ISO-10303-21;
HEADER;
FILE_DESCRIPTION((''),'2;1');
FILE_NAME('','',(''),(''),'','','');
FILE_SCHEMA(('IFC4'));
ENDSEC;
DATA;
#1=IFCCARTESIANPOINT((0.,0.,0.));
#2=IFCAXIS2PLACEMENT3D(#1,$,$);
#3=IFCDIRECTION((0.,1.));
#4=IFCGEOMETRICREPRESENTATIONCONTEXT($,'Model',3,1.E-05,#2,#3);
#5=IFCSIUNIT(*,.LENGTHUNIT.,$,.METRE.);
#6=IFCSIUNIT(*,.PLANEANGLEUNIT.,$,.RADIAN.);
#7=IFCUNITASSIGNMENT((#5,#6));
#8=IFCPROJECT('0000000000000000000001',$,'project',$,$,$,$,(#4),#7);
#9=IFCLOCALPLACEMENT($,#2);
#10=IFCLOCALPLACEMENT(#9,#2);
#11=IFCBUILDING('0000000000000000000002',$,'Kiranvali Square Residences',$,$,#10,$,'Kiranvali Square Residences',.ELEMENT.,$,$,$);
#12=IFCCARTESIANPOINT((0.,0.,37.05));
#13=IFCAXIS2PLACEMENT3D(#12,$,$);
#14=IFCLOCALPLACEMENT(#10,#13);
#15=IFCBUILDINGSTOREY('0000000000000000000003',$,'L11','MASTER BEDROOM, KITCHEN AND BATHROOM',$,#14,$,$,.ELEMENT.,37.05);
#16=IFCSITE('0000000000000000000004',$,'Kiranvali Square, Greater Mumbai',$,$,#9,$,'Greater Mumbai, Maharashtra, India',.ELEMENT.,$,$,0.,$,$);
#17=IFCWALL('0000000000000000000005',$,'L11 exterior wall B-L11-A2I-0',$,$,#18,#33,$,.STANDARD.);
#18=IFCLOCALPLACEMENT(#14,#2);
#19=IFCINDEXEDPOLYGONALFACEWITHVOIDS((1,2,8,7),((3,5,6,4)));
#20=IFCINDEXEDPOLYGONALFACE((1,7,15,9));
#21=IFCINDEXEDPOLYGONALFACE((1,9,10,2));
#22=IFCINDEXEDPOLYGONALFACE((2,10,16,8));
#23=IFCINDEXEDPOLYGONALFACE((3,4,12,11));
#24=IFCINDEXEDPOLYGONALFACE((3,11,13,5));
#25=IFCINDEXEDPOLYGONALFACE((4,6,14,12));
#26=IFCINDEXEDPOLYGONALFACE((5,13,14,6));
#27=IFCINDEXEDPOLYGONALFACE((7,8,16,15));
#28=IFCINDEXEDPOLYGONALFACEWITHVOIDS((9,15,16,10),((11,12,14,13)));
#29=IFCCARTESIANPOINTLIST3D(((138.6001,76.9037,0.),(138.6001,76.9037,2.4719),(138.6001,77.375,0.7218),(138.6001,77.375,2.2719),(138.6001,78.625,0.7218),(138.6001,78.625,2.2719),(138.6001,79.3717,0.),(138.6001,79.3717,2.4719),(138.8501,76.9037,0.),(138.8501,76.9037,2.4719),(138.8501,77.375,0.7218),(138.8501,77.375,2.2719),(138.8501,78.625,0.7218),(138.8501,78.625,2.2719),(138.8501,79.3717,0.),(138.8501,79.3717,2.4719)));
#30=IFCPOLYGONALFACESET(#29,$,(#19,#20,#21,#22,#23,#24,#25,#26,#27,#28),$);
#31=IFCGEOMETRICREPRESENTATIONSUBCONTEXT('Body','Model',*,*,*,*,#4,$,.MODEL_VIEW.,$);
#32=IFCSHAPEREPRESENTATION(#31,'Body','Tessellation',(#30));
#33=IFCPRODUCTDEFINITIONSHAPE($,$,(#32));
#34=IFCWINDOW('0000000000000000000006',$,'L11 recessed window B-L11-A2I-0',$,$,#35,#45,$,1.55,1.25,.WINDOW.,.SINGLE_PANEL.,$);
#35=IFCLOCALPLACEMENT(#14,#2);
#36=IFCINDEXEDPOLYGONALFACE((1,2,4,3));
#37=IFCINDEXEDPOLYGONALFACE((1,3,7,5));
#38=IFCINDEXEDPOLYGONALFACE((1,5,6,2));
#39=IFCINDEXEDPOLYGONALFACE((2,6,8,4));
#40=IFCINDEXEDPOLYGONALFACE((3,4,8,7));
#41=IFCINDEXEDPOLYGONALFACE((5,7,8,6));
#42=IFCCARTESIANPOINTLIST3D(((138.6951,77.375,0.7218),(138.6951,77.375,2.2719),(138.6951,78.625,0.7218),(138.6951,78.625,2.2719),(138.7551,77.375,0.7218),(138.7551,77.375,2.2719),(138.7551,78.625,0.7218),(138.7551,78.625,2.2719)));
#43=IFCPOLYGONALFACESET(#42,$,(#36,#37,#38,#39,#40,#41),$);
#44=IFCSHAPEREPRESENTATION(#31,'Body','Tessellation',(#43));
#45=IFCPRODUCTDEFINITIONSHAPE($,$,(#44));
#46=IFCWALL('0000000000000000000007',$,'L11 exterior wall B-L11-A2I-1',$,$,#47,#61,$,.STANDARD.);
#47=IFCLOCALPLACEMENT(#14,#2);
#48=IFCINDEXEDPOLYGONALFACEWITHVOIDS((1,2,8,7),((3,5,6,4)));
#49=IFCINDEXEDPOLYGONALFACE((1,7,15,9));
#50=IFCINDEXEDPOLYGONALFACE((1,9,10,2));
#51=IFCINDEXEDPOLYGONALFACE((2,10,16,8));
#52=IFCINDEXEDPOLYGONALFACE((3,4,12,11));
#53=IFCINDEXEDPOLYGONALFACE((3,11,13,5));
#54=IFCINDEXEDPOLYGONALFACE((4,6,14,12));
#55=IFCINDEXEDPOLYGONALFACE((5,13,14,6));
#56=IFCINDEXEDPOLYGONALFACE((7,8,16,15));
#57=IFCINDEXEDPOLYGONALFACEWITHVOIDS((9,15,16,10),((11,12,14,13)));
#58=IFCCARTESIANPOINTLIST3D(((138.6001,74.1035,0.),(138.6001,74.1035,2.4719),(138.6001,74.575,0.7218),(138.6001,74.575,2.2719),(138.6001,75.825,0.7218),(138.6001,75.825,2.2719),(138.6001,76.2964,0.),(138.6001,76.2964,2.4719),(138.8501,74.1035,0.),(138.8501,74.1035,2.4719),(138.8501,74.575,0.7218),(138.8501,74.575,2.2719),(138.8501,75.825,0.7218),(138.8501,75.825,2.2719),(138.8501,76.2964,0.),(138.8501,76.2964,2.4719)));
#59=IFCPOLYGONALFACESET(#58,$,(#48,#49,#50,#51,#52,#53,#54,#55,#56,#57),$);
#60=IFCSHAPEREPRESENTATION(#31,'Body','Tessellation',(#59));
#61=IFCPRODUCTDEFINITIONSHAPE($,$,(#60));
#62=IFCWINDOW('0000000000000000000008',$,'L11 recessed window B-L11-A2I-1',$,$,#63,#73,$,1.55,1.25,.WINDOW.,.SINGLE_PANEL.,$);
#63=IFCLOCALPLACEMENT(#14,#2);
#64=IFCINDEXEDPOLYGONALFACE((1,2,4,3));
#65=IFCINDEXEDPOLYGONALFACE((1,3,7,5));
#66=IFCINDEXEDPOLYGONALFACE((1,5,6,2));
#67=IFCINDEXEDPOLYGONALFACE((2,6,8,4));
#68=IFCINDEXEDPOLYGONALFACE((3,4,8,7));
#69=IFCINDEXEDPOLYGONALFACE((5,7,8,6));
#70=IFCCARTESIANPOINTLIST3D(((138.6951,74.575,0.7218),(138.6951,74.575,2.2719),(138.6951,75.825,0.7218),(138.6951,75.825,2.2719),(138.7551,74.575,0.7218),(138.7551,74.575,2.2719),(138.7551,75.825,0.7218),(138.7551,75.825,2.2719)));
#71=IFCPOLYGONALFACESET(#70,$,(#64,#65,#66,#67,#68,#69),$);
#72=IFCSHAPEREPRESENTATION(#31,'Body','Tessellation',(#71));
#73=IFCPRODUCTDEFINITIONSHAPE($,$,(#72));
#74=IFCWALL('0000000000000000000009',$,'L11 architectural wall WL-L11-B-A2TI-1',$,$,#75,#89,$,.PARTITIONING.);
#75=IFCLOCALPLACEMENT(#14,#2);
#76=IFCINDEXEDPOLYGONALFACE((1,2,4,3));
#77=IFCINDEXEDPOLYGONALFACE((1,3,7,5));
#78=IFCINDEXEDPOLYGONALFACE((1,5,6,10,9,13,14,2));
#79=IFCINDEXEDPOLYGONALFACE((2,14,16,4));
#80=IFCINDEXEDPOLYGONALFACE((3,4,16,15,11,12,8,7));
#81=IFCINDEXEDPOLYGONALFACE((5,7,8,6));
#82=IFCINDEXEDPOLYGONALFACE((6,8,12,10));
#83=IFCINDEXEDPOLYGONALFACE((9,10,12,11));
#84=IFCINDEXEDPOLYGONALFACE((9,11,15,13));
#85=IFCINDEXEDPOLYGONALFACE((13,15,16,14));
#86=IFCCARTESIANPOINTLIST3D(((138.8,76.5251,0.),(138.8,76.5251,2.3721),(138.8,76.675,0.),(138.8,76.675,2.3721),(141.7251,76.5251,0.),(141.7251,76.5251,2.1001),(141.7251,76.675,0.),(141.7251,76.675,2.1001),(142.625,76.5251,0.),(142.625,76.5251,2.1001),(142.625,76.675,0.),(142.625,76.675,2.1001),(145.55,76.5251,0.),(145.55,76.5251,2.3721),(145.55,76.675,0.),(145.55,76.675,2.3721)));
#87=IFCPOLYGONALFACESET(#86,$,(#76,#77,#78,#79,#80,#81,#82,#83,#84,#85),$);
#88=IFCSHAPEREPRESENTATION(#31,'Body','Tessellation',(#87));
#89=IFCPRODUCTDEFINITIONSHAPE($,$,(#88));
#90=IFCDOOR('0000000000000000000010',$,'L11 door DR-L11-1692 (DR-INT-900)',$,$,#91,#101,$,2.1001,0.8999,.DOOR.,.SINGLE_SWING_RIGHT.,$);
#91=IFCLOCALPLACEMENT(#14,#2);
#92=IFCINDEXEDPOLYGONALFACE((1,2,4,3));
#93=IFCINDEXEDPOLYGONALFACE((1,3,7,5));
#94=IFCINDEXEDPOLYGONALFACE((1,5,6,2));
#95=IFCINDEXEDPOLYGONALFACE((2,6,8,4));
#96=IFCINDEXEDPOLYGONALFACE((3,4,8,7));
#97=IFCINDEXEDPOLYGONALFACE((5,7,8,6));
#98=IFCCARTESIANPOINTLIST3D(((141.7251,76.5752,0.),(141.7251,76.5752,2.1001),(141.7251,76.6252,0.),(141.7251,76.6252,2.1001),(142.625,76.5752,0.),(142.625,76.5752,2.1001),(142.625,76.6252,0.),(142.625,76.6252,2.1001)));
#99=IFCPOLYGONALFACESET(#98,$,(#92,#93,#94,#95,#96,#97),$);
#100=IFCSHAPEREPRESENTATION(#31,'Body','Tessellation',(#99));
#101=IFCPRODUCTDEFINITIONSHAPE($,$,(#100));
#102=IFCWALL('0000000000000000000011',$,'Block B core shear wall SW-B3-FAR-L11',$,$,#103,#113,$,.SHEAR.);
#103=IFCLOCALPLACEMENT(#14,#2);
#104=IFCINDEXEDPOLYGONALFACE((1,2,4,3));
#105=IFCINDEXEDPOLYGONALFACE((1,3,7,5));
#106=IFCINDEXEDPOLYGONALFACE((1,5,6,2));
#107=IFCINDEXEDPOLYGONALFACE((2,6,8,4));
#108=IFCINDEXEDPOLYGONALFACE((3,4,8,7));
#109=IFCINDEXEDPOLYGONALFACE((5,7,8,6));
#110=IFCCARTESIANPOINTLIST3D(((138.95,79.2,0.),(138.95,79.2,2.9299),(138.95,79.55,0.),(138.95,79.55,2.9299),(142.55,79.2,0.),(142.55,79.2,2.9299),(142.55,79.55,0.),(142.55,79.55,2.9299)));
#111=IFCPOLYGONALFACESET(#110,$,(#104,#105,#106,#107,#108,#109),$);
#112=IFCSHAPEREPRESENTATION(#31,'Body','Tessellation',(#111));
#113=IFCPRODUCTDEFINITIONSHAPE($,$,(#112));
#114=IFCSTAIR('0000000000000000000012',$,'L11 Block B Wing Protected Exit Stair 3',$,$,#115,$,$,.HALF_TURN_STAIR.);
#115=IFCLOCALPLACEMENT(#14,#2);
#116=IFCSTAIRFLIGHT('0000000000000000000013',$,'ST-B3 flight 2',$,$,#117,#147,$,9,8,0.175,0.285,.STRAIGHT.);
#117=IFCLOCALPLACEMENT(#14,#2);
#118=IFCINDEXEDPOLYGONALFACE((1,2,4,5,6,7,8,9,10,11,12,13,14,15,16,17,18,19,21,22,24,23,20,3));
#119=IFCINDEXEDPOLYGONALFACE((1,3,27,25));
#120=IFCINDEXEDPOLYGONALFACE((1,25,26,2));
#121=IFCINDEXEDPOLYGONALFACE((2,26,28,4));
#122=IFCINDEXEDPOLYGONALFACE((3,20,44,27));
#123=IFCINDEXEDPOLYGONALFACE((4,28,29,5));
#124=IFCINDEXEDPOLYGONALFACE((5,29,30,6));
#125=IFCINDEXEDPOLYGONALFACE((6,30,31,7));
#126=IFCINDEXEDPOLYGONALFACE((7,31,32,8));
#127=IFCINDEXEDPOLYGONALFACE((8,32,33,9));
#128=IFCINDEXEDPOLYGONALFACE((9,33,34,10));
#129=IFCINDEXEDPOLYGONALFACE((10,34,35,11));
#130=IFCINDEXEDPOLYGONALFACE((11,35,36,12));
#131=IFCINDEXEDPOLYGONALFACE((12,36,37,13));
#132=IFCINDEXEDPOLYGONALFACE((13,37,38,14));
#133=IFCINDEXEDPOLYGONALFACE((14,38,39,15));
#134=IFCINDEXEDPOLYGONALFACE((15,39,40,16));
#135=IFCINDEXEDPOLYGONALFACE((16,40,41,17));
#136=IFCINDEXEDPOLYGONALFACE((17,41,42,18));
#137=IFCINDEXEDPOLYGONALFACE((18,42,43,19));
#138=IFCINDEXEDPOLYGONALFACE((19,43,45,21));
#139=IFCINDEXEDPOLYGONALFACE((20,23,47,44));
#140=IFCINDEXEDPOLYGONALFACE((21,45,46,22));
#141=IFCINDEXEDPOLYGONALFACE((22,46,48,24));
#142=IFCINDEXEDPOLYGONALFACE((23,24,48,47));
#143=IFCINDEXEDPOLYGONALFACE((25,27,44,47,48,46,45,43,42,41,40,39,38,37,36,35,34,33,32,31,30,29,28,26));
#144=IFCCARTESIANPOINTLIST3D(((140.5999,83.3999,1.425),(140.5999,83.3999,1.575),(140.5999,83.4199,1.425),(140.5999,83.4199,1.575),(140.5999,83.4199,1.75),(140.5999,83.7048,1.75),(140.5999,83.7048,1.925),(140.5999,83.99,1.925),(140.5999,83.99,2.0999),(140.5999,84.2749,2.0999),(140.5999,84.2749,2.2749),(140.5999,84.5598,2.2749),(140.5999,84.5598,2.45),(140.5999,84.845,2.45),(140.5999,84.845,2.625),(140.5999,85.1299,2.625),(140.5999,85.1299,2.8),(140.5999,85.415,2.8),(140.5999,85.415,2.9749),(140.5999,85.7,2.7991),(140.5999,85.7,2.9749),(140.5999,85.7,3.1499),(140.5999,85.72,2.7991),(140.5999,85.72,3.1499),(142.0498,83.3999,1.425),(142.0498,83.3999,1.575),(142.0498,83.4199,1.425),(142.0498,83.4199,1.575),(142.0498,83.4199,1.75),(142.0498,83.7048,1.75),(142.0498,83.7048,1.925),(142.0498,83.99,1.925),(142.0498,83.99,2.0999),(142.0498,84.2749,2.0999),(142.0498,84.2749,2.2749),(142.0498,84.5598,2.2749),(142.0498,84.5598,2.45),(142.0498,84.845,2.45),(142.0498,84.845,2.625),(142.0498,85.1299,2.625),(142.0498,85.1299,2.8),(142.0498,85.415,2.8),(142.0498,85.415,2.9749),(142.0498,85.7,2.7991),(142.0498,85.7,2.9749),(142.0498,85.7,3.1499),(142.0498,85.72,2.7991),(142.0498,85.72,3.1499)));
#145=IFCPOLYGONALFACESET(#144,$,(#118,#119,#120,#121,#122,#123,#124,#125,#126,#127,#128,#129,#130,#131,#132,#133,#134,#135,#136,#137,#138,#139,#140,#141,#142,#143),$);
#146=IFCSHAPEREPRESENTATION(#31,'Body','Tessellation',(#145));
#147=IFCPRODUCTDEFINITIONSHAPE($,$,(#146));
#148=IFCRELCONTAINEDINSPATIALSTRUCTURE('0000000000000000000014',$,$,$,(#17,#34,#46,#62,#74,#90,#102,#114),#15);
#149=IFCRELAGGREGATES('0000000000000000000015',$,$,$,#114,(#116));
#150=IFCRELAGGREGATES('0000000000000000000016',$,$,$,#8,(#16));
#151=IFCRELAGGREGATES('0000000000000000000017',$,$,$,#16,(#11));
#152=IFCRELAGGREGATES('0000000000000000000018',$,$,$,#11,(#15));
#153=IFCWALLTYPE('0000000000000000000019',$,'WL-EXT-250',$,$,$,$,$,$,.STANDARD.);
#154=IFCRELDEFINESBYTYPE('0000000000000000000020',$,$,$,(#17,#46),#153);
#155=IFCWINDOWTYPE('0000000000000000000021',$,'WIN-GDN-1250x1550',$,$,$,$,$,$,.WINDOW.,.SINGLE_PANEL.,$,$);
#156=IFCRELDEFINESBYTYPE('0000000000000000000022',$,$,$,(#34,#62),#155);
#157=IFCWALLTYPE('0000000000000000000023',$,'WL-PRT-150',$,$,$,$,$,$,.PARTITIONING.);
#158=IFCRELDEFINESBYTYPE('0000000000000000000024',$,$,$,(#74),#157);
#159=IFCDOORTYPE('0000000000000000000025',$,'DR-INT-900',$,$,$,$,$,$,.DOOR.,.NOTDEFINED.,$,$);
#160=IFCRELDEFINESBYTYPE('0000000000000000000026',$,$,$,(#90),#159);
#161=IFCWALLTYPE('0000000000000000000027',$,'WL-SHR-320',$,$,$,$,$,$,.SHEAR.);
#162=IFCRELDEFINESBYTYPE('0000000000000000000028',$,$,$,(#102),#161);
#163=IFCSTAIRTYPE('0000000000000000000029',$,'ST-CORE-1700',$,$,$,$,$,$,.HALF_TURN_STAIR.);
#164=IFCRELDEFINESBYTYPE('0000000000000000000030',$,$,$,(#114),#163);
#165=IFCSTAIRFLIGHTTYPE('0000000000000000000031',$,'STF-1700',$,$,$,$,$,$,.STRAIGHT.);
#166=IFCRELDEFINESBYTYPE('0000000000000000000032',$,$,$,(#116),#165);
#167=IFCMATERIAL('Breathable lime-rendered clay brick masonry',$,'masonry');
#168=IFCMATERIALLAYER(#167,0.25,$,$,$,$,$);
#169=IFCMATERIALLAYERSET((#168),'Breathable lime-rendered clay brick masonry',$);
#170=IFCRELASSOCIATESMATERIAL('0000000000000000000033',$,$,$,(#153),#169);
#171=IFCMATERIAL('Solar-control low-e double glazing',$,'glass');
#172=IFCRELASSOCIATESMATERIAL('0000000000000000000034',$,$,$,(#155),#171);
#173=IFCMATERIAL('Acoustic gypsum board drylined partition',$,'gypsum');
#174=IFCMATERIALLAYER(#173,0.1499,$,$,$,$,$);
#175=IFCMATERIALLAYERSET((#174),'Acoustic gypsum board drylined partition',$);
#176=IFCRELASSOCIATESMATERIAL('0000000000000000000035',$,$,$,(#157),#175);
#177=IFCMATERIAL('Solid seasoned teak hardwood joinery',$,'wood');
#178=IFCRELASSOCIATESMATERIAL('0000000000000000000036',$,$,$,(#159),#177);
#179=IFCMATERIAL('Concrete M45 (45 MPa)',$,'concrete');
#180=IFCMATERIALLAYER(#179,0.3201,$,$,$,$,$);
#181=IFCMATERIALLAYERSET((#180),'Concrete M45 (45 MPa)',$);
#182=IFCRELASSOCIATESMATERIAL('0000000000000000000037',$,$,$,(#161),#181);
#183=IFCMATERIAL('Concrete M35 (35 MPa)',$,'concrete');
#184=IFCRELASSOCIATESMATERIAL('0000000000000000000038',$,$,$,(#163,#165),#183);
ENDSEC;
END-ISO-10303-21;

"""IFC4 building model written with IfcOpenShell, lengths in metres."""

from ifc_helpers import new_model, si_unit, direction, frame, frame_2d, origin, place, context, subcontext, project, spatial, polyline, rectangle, outline, extrude, material, layer, layer_set, type_object, element, fill, aggregate, save


model = new_model("IFC4")

# Units and contexts
model_context = context("Model", 3, precision=1e-05, world=origin(), true_north=direction((0.0, 1.0)))
body_context = subcontext(model_context, "Body", "Model", "MODEL_VIEW")
ifc_project = project(units=[si_unit("LENGTHUNIT", "METRE"), si_unit("PLANEANGLEUNIT", "RADIAN")], contexts=[model_context])

# Site, building, storey
site_placement = place(None, origin())
site = spatial("IfcSite", under=ifc_project, at=site_placement, Name="Kiranvali Square, Greater Mumbai", LongName="Greater Mumbai, Maharashtra, India", CompositionType="ELEMENT", RefElevation=0.0)
building_placement = place(site_placement, origin())
building = spatial("IfcBuilding", under=site, at=building_placement, Name="Kiranvali Square Residences", LongName="Kiranvali Square Residences", CompositionType="ELEMENT")
storey_placement = place(building_placement, frame((0.0, 0.0, 37.05)))
storey = spatial("IfcBuildingStorey", under=building, at=storey_placement, Name="L11", Description="MASTER BEDROOM, KITCHEN AND BATHROOM", CompositionType="ELEMENT", Elevation=37.05)

# Shared definitions
ifc_material_1 = material(Name="Concrete M45 (45 MPa)", Category="concrete")

# Walls, openings, windows
ifc_material_2 = material(Name="Breathable lime-rendered clay brick masonry", Category="masonry")
ifc_layer_1 = layer(ifc_material_2, 0.25)
ifc_layer_set_1 = layer_set([ifc_layer_1], Name="Breathable lime-rendered clay brick masonry")
wall_type_1 = type_object("IfcWallType", Name="WL-EXT-250", PredefinedType="STANDARD", material=ifc_layer_set_1)
wall_1_placement = place(storey_placement, frame((138.7251, 79.3716, 0.0), z_axis=(0.0, 0.0, 1.0), x_axis=(0.0, -1.0, 0.0)))
wall_1 = element("IfcWall", 1, at=wall_1_placement, inside=storey, type_object=wall_type_1, Name="L11 exterior wall B-L11-A2I-0", PredefinedType="STANDARD", context=body_context, shape_type="SweptSolid", body=[
    extrude(rectangle(XDim=2.468, YDim=0.25, at=frame_2d((1.2339, 0.0))), origin(), (0.0, 0.0, 1.0), 2.4719),
])
opening_1_placement = place(wall_1_placement, frame((0.7466, 0.0, 0.7219)))
opening_1 = element("IfcOpeningElement", 2, at=opening_1_placement, cuts=wall_1, PredefinedType="OPENING", context=body_context, shape_type="SweptSolid", body=[
    extrude(rectangle(XDim=1.25, YDim=1.55, at=frame_2d((0.625, 0.7749))), frame((0.0, 0.135, 0.0), z_axis=(0.0, -1.0, 0.0), x_axis=(1.0, 0.0, 0.0)), (0.0, 0.0, 1.0), 0.27),
])
ifc_material_3 = material(Name="Solar-control low-e double glazing", Category="glass")
window_type = type_object("IfcWindowType", Name="WIN-GDN-1250x1550", PartitioningType="SINGLE_PANEL", PredefinedType="WINDOW", material=ifc_material_3)
window_1_placement = place(opening_1_placement, origin())
window_1 = element("IfcWindow", 3, at=window_1_placement, inside=storey, type_object=window_type, Name="L11 recessed window B-L11-A2I-0", OverallHeight=1.55, OverallWidth=1.25, PartitioningType="SINGLE_PANEL", PredefinedType="WINDOW", context=body_context, shape_type="SweptSolid", body=[
    extrude(rectangle(XDim=1.25, YDim=1.55, at=frame_2d((0.625, 0.7749))), frame((0.0, 0.03, 0.0), z_axis=(0.0, -1.0, 0.0), x_axis=(1.0, 0.0, 0.0)), (0.0, 0.0, 1.0), 0.0601),
])
fill(opening_1, window_1)
wall_2_placement = place(storey_placement, frame((138.7251, 76.2964, 0.0), z_axis=(0.0, 0.0, 1.0), x_axis=(0.0, -1.0, 0.0)))
wall_2 = element("IfcWall", 4, at=wall_2_placement, inside=storey, type_object=wall_type_1, Name="L11 exterior wall B-L11-A2I-1", PredefinedType="STANDARD", context=body_context, shape_type="SweptSolid", body=[
    extrude(rectangle(XDim=2.1929, YDim=0.25, at=frame_2d((1.0964, 0.0))), origin(), (0.0, 0.0, 1.0), 2.4719),
])
opening_2_placement = place(wall_2_placement, frame((0.4714, 0.0, 0.7219)))
opening_2 = element("IfcOpeningElement", 5, at=opening_2_placement, cuts=wall_2, PredefinedType="OPENING", context=body_context, shape_type="SweptSolid", body=[
    extrude(rectangle(XDim=1.25, YDim=1.55, at=frame_2d((0.625, 0.7749))), frame((0.0, 0.135, 0.0), z_axis=(0.0, -1.0, 0.0), x_axis=(1.0, 0.0, 0.0)), (0.0, 0.0, 1.0), 0.27),
])
window_2_placement = place(opening_2_placement, origin())
window_2 = element("IfcWindow", 6, at=window_2_placement, inside=storey, type_object=window_type, Name="L11 recessed window B-L11-A2I-1", OverallHeight=1.55, OverallWidth=1.25, PartitioningType="SINGLE_PANEL", PredefinedType="WINDOW", context=body_context, shape_type="SweptSolid", body=[
    extrude(rectangle(XDim=1.25, YDim=1.55, at=frame_2d((0.625, 0.7749))), frame((0.0, 0.03, 0.0), z_axis=(0.0, -1.0, 0.0), x_axis=(1.0, 0.0, 0.0)), (0.0, 0.0, 1.0), 0.0601),
])
fill(opening_2, window_2)

# Wall, opening, door
ifc_material_4 = material(Name="Acoustic gypsum board drylined partition", Category="gypsum")
ifc_layer_2 = layer(ifc_material_4, 0.1499)
ifc_layer_set_2 = layer_set([ifc_layer_2], Name="Acoustic gypsum board drylined partition")
wall_type_2 = type_object("IfcWallType", Name="WL-PRT-150", PredefinedType="PARTITIONING", material=ifc_layer_set_2)
wall_3_placement = place(storey_placement, frame((138.8, 76.6001, 0.0), z_axis=(0.0, 0.0, 1.0), x_axis=(1.0, 0.0, 0.0)))
wall_3 = element("IfcWall", 7, at=wall_3_placement, inside=storey, type_object=wall_type_2, Name="L11 architectural wall WL-L11-B-A2TI-1", PredefinedType="PARTITIONING", context=body_context, shape_type="SweptSolid", body=[
    extrude(rectangle(XDim=6.75, YDim=0.1499, at=frame_2d((3.375, 0.0))), origin(), (0.0, 0.0, 1.0), 2.3721),
])
opening_3_placement = place(wall_3_placement, frame((2.925, 0.0, 0.0)))
opening_3 = element("IfcOpeningElement", 8, at=opening_3_placement, cuts=wall_3, PredefinedType="OPENING", context=body_context, shape_type="SweptSolid", body=[
    extrude(rectangle(XDim=0.8999, YDim=2.1001, at=frame_2d((0.45, 1.05))), frame((0.0, 0.085, 0.0), z_axis=(0.0, -1.0, 0.0), x_axis=(1.0, 0.0, 0.0)), (0.0, 0.0, 1.0), 0.1699),
])
ifc_material_5 = material(Name="Solid seasoned teak hardwood joinery", Category="wood")
door_type_1 = type_object("IfcDoorType", Name="DR-INT-900", OperationType="NOTDEFINED", PredefinedType="DOOR", material=ifc_material_5)
door_1_placement = place(opening_3_placement, frame((0.8999, 0.0, 0.0), z_axis=(0.0, 0.0, 1.0), x_axis=(-1.0, 0.0, 0.0)))
door_1 = element("IfcDoor", 9, at=door_1_placement, inside=storey, type_object=door_type_1, Name="L11 door DR-L11-1692 (DR-INT-900)", OperationType="SINGLE_SWING_RIGHT", OverallHeight=2.1001, OverallWidth=0.8999, PredefinedType="DOOR", context=body_context, shape_type="SweptSolid", body=[
    extrude(rectangle(XDim=0.8999, YDim=2.1001, at=frame_2d((0.45, 1.05))), frame((0.0, 0.0249, 0.0), z_axis=(0.0, -1.0, 0.0), x_axis=(1.0, 0.0, 0.0)), (0.0, 0.0, 1.0), 0.05),
])
fill(opening_3, door_1)

# Wall
ifc_layer_3 = layer(ifc_material_1, 0.3201)
ifc_layer_set_3 = layer_set([ifc_layer_3], Name="Concrete M45 (45 MPa)")
wall_type_3 = type_object("IfcWallType", Name="WL-SHR-320", PredefinedType="SHEAR", material=ifc_layer_set_3)
wall_4_placement = place(storey_placement, frame((138.95, 79.375, 0.0), z_axis=(0.0, 0.0, 1.0), x_axis=(1.0, 0.0, 0.0)))
element("IfcWall", 10, at=wall_4_placement, inside=storey, type_object=wall_type_3, Name="Block B core shear wall SW-B3-FAR-L11", PredefinedType="SHEAR", context=body_context, shape_type="SweptSolid", body=[
    extrude(rectangle(XDim=3.6001, YDim=0.3501, at=frame_2d((1.8, 0.0))), origin(), (0.0, 0.0, 1.0), 2.9299),
])

# Stair, stair flight
ifc_material_6 = material(Name="Concrete M35 (35 MPa)", Category="concrete")
stair_type = type_object("IfcStairType", Name="ST-CORE-1700", PredefinedType="HALF_TURN_STAIR", material=ifc_material_6)
stair_placement = place(storey_placement, origin())
stair = element("IfcStair", 11, at=stair_placement, inside=storey, type_object=stair_type, Name="L11 Block B Wing Protected Exit Stair 3", PredefinedType="HALF_TURN_STAIR")
stair_flight_type = type_object("IfcStairFlightType", Name="STF-1700", PredefinedType="STRAIGHT", material=ifc_material_6)
stair_flight_placement = place(storey_placement, frame((141.325, 83.4199, 1.575), z_axis=(0.0, 0.0, 1.0), x_axis=(0.0, 1.0, 0.0)))
stair_flight = element("IfcStairFlight", 12, at=stair_flight_placement, type_object=stair_flight_type, Name="ST-B3 flight 2", NumberOfRisers=9, NumberOfTreads=8, PredefinedType="STRAIGHT", RiserHeight=0.175, TreadLength=0.285, context=body_context, shape_type="SweptSolid", body=[
    extrude(outline(polyline([(-0.02, -0.1499), (-0.02, 0.0), (0.0, 0.0), (0.0, 0.175), (0.2849, 0.175), (0.2849, 0.3501), (0.5701, 0.3501), (0.5701, 0.5249), (0.855, 0.5249), (0.855, 0.7), (1.1399, 0.7), (1.1399, 0.875), (1.425, 0.875), (1.425, 1.05), (1.71, 1.05), (1.71, 1.2251), (1.9951, 1.2251), (1.9951, 1.3999), (2.28, 1.3999), (2.28, 1.575), (2.3, 1.575), (2.3, 1.2241), (2.28, 1.2241), (0.0, -0.1499), (-0.02, -0.1499)])), frame((0.0, 0.7251, 0.0), z_axis=(0.0, -1.0, 0.0), x_axis=(1.0, 0.0, 0.0)), (0.0, 0.0, 1.0), 1.45),
])
aggregate(stair, [stair_flight])

save(model, "model.ifc")
